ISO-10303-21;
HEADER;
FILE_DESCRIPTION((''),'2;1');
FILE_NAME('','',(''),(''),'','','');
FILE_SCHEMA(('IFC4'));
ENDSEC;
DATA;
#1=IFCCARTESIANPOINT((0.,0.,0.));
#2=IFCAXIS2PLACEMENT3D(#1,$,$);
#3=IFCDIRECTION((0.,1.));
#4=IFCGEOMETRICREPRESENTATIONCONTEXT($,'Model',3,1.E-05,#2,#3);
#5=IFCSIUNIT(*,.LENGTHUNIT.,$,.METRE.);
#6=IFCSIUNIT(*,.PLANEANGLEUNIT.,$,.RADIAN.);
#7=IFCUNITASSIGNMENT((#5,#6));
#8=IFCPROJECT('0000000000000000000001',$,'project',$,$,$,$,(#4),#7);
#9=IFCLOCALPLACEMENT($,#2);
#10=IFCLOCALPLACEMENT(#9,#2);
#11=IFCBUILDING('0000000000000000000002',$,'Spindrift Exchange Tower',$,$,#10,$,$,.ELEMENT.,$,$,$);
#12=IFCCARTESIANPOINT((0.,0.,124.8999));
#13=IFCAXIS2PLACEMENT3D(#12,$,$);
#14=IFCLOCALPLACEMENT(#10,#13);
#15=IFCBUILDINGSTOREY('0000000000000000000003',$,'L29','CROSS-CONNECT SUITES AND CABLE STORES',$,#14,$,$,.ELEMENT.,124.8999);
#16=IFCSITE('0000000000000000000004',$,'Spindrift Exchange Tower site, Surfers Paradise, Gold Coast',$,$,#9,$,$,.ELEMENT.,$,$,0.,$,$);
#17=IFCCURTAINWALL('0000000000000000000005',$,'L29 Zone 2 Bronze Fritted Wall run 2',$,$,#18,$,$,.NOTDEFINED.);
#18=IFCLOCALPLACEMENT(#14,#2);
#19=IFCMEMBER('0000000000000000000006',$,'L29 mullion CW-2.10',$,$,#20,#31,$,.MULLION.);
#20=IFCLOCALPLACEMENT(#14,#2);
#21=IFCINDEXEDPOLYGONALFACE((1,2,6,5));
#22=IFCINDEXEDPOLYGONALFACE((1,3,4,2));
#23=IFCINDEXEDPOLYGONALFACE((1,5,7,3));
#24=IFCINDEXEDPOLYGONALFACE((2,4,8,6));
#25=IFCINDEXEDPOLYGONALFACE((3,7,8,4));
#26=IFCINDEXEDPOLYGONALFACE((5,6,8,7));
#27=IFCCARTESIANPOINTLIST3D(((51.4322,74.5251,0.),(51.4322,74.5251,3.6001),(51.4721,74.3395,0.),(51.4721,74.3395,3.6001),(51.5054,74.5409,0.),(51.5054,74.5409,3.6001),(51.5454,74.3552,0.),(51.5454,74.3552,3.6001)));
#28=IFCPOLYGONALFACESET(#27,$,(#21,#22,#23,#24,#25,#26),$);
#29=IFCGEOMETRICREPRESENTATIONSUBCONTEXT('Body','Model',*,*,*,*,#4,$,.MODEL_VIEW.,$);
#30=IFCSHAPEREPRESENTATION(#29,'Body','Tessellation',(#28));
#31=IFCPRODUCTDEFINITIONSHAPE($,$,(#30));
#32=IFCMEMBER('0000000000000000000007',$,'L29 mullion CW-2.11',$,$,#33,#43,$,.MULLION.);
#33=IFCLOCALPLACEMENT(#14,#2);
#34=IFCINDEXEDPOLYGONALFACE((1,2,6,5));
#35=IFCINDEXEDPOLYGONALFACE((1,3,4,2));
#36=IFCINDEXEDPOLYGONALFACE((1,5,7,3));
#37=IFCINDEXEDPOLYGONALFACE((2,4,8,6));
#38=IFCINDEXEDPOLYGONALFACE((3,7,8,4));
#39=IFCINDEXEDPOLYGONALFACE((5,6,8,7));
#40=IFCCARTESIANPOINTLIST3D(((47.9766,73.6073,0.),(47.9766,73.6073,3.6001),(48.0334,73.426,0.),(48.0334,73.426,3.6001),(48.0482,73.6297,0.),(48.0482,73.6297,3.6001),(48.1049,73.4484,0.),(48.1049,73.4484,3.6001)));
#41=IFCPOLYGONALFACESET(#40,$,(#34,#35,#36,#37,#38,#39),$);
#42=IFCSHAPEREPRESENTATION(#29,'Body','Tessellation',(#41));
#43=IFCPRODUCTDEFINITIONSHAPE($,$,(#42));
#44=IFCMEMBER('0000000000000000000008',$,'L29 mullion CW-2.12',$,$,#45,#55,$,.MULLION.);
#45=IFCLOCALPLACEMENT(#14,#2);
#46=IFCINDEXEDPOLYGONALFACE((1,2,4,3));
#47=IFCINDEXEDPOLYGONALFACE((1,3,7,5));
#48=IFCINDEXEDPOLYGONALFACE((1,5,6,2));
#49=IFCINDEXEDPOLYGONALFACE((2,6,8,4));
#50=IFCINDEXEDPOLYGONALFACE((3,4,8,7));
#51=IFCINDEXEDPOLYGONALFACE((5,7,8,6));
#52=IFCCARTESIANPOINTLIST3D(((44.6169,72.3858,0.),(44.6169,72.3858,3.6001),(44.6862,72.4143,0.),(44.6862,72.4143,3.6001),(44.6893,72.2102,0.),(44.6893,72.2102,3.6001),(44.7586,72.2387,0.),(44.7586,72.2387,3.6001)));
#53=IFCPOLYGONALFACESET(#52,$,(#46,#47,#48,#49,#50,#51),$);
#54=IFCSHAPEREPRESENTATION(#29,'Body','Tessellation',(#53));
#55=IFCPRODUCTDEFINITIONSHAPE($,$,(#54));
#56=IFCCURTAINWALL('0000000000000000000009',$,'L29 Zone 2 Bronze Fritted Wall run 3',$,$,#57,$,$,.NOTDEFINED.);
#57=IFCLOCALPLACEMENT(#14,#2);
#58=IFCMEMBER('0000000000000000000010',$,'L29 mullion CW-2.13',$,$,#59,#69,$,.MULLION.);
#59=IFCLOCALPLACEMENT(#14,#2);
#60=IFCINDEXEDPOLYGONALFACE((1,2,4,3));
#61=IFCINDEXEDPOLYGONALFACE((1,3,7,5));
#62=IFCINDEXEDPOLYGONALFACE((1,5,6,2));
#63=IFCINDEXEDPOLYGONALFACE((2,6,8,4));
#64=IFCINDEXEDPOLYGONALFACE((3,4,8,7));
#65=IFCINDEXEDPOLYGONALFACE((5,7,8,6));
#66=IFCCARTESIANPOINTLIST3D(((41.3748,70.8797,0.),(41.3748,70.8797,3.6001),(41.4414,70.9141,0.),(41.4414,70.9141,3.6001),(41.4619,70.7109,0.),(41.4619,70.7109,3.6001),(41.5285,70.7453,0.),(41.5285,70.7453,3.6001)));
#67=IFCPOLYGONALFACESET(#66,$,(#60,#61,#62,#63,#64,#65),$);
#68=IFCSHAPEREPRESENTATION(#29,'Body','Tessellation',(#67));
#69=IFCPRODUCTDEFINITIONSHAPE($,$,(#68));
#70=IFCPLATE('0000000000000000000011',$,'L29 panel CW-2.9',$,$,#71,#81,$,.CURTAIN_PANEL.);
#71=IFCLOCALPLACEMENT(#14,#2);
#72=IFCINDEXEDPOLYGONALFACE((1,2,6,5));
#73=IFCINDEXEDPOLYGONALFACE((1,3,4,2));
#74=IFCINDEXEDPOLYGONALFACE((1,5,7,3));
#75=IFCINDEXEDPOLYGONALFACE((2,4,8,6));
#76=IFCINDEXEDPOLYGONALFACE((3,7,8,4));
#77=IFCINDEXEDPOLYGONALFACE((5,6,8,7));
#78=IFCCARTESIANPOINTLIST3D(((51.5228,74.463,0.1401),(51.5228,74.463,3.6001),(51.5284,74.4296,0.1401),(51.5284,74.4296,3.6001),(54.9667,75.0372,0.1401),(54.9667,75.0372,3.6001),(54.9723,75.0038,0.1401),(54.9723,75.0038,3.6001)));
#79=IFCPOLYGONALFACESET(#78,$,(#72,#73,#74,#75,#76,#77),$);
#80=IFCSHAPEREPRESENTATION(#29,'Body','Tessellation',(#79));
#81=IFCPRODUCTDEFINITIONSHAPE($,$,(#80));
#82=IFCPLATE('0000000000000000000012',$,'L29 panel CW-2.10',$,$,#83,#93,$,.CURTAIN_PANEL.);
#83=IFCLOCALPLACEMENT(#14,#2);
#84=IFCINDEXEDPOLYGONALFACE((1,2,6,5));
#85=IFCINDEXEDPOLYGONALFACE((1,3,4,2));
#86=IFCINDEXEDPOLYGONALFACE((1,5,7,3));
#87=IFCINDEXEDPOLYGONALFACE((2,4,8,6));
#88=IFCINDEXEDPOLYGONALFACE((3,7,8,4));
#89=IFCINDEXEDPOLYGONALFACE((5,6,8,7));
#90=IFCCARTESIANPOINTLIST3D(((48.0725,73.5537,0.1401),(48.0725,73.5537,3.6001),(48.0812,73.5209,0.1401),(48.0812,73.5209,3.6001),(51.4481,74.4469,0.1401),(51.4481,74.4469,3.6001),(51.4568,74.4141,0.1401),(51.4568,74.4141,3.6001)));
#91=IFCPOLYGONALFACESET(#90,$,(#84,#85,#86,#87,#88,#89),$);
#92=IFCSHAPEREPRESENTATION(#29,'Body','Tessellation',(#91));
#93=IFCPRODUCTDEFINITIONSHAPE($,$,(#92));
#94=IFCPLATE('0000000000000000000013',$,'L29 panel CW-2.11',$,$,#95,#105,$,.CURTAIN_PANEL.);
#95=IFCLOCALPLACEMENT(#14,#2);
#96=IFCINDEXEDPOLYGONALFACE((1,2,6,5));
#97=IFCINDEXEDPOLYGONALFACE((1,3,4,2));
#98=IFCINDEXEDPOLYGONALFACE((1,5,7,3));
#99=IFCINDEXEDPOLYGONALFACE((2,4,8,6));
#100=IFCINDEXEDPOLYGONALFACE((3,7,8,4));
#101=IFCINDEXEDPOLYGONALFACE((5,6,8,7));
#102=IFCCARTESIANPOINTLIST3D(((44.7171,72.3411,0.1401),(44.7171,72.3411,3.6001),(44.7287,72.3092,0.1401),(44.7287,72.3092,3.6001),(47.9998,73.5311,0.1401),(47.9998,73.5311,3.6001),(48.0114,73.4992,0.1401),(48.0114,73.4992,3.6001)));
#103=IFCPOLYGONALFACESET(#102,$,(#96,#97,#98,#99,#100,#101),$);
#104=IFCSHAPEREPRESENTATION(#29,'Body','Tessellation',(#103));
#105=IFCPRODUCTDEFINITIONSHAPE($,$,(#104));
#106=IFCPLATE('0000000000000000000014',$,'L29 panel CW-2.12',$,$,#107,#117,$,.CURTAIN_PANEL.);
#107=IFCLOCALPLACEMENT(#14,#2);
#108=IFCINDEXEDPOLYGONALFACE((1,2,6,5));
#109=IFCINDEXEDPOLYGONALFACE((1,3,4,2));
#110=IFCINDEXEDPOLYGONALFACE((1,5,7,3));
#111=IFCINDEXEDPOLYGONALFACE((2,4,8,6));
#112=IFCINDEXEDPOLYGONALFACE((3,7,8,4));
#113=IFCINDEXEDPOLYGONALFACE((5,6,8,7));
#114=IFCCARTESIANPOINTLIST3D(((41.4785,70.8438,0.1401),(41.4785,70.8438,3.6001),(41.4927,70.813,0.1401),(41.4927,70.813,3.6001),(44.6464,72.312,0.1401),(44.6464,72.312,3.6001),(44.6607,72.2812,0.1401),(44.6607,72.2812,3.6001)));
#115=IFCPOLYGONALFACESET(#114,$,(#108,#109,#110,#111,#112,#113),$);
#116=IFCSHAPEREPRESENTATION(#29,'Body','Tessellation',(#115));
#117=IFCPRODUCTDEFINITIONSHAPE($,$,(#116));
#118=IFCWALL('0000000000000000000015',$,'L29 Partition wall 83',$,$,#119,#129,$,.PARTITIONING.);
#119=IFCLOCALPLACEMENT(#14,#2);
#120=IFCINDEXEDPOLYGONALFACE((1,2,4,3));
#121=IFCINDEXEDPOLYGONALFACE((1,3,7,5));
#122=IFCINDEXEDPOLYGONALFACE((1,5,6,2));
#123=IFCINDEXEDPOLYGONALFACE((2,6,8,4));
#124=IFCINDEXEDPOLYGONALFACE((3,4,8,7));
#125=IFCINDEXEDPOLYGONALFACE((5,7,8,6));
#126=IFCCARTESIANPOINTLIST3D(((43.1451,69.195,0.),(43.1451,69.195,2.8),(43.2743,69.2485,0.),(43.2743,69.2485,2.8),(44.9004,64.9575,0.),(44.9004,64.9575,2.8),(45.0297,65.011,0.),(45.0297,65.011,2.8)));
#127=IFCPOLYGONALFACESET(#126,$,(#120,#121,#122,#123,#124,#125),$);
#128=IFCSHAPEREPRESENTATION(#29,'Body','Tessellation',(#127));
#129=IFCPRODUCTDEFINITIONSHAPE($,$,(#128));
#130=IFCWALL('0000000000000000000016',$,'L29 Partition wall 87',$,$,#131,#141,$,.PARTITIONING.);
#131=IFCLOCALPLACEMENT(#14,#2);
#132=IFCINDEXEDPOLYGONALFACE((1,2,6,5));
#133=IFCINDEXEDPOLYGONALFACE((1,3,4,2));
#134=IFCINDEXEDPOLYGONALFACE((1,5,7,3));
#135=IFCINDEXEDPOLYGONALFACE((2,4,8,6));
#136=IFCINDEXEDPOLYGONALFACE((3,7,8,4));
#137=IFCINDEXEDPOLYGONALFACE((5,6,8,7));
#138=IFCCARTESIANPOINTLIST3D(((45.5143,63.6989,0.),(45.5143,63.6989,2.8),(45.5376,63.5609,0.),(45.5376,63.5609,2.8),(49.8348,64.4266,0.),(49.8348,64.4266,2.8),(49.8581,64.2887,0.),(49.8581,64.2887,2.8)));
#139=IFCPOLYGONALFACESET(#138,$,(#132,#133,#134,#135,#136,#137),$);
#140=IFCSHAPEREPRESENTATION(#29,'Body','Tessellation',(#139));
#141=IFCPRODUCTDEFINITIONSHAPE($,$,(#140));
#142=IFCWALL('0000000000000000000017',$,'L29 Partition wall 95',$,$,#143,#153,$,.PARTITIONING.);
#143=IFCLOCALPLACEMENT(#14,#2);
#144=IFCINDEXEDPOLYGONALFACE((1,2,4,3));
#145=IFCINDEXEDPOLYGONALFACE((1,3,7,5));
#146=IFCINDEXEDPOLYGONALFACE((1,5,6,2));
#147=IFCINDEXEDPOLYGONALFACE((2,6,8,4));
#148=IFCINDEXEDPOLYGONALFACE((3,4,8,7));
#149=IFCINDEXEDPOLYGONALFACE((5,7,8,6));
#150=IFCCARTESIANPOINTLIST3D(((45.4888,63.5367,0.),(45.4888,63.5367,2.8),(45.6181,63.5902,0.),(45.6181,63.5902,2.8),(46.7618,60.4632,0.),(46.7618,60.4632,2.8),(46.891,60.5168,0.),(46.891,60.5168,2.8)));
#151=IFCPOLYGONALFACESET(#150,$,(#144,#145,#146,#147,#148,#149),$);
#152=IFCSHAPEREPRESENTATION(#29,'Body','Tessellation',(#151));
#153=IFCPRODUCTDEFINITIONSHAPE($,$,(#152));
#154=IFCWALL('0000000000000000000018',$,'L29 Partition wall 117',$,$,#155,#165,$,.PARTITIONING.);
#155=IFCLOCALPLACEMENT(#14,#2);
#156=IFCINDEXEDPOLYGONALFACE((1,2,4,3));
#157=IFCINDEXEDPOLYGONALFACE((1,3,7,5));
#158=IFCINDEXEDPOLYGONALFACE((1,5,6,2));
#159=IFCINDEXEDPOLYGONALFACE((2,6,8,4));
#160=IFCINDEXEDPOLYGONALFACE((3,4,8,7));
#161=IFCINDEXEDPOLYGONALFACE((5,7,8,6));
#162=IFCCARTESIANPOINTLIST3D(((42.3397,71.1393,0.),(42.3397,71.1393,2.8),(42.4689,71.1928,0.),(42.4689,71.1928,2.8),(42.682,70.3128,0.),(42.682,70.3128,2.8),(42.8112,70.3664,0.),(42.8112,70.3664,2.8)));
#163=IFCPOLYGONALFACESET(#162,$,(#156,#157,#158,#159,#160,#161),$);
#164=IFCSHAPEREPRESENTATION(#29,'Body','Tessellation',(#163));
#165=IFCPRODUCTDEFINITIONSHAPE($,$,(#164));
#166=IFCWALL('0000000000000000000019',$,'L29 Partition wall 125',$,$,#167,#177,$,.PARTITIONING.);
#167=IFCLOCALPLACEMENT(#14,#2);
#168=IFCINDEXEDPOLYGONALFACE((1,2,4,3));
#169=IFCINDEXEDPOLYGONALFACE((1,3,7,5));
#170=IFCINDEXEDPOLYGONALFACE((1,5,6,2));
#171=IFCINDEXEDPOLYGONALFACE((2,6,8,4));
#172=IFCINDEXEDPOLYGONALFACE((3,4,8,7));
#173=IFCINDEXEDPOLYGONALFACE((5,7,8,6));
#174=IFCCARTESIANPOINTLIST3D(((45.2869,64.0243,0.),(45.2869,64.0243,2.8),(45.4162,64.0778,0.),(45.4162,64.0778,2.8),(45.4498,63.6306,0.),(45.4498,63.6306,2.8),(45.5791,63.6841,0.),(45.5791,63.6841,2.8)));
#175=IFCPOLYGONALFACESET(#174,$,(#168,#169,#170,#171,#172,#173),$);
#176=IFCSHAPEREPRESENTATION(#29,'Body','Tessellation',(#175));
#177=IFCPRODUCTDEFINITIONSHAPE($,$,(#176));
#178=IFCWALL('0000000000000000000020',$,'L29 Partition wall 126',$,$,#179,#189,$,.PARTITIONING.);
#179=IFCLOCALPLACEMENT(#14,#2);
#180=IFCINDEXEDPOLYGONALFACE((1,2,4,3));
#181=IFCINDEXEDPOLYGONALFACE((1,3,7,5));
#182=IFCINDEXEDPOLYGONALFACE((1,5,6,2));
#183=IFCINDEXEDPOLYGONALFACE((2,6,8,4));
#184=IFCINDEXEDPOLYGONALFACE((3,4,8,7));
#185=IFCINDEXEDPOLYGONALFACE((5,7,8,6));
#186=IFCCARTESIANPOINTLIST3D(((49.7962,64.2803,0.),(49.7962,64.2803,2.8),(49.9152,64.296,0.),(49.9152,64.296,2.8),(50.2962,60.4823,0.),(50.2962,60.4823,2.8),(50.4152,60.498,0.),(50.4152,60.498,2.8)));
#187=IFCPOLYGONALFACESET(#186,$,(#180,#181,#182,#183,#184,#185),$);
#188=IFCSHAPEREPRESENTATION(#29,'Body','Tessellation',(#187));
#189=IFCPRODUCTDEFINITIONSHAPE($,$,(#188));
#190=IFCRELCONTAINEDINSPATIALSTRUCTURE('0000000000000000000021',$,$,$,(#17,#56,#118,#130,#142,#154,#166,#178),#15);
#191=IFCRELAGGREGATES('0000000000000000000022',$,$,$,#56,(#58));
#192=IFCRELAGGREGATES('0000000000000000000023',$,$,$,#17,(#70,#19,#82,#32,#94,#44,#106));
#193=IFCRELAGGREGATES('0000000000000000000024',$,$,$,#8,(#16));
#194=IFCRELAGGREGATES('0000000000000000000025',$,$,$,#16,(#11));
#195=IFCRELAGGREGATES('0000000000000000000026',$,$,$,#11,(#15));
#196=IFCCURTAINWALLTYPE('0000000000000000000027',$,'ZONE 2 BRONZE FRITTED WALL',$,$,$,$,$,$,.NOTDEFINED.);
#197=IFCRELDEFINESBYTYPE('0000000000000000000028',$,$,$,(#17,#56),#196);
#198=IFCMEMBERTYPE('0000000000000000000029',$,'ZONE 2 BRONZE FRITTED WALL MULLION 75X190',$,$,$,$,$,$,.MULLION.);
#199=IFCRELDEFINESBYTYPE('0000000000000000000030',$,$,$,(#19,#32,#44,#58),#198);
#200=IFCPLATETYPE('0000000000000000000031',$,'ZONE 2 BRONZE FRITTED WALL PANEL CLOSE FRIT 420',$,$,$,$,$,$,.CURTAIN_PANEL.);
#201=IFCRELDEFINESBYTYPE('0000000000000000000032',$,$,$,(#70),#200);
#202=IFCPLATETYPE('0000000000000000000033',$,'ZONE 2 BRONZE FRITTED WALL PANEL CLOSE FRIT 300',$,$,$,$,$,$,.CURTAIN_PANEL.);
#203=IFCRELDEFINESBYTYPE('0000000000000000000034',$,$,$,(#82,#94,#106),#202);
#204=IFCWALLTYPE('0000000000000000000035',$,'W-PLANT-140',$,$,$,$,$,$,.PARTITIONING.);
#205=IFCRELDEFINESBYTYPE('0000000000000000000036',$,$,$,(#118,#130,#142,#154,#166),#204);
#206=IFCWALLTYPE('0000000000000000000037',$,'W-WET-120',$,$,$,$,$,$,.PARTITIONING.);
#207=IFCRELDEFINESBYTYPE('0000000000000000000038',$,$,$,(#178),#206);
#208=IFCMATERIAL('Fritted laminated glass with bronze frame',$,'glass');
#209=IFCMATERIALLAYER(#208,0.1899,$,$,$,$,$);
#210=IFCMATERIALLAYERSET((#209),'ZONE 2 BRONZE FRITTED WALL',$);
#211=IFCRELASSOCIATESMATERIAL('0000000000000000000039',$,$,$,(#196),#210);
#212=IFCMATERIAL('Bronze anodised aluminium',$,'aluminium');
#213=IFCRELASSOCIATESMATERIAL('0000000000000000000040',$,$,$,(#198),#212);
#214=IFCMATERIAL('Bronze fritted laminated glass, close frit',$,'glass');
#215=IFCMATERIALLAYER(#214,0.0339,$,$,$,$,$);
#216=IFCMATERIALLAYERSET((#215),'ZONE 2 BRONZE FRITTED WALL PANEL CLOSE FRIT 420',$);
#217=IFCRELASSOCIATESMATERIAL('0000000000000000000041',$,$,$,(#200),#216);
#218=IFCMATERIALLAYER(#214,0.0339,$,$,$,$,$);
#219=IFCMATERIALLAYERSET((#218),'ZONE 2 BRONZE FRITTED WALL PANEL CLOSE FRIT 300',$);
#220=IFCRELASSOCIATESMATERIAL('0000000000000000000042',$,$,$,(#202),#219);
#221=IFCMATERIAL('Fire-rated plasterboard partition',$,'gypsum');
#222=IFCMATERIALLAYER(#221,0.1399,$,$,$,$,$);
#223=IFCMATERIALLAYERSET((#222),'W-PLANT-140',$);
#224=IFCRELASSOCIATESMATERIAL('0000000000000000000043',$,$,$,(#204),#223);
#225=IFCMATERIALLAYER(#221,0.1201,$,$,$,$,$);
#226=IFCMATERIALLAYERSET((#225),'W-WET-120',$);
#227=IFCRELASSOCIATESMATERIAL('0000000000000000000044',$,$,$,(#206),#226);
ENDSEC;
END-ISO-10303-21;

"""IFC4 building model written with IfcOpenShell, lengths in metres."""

from ifc_helpers import new_model, si_unit, direction, frame, frame_2d, origin, origin_2d, place, context, subcontext, project, spatial, rectangle, extrude, source, transform, mapped, material, layer, layer_set, material_profile, profile_set, type_object, element, aggregate, save


model = new_model("IFC4")

# Units and contexts
model_context = context("Model", 3, precision=1e-05, world=origin(), true_north=direction((0.0, 1.0)))
body_context = subcontext(model_context, "Body", "Model", "MODEL_VIEW")
ifc_project = project(units=[si_unit("LENGTHUNIT", "METRE"), si_unit("PLANEANGLEUNIT", "RADIAN")], contexts=[model_context])

# Site, building, storey
site_placement = place(None, origin())
site = spatial("IfcSite", under=ifc_project, at=site_placement, Name="Spindrift Exchange Tower site, Surfers Paradise, Gold Coast", CompositionType="ELEMENT", RefElevation=0.0)
building_placement = place(site_placement, origin())
building = spatial("IfcBuilding", under=site, at=building_placement, Name="Spindrift Exchange Tower", CompositionType="ELEMENT")
storey_placement = place(building_placement, frame((0.0, 0.0, 124.8999)))
storey = spatial("IfcBuildingStorey", under=building, at=storey_placement, Name="L29", Description="CROSS-CONNECT SUITES AND CABLE STORES", CompositionType="ELEMENT", Elevation=124.8999)

# Curtain wall, members
ifc_material_1 = material(Name="Fritted laminated glass with bronze frame", Category="glass")
ifc_layer_1 = layer(ifc_material_1, 0.1899)
ifc_layer_set_1 = layer_set([ifc_layer_1], Name="ZONE 2 BRONZE FRITTED WALL")
curtain_wall_type = type_object("IfcCurtainWallType", Name="ZONE 2 BRONZE FRITTED WALL", PredefinedType="NOTDEFINED", material=ifc_layer_set_1)
curtain_wall_1_placement = place(storey_placement, origin())
curtain_wall_1 = element("IfcCurtainWall", 1, at=curtain_wall_1_placement, inside=storey, type_object=curtain_wall_type, Name="L29 Zone 2 Bronze Fritted Wall run 2", PredefinedType="NOTDEFINED")
ifc_material_2 = material(Name="Bronze anodised aluminium", Category="aluminium")
ifc_material_profile_1 = material_profile(ifc_material_2, rectangle(XDim=0.075, YDim=0.1899, at=origin_2d()), Name="ZONE 2 BRONZE FRITTED WALL MULLION 75X190")
ifc_profile_set_1 = profile_set([ifc_material_profile_1], Name="Bronze anodised aluminium")
member_type_1 = type_object("IfcMemberType", Name="ZONE 2 BRONZE FRITTED WALL MULLION 75X190", PredefinedType="MULLION", material=ifc_profile_set_1)
shared_shape_1 = source(origin(), body_context, "Body", "SweptSolid", [
    extrude(rectangle(XDim=0.075, YDim=0.1899, at=origin_2d()), origin(), (0.0, 0.0, 1.0), 3.6001),
])
member_1_placement = place(storey_placement, frame((51.4888, 74.4402, 0.0), z_axis=(0.0, 0.0, 1.0), x_axis=(-0.977625, -0.210353, 0.0)))
member_1 = element("IfcMember", 2, at=member_1_placement, type_object=member_type_1, Name="L29 mullion CW-2.10", PredefinedType="MULLION", context=body_context, shape_type="MappedRepresentation", body=[
    mapped(shared_shape_1, transform((0.0, 0.0, 0.0), scale=1.0)),
])
member_2_placement = place(storey_placement, frame((48.0408, 73.5278, 0.0), z_axis=(0.0, 0.0, 1.0), x_axis=(-0.954381, -0.298593, 0.0)))
member_2 = element("IfcMember", 3, at=member_2_placement, type_object=member_type_1, Name="L29 mullion CW-2.11", PredefinedType="MULLION", context=body_context, shape_type="MappedRepresentation", body=[
    mapped(shared_shape_1, transform((0.0, 0.0, 0.0), scale=1.0)),
])
member_3_placement = place(storey_placement, frame((44.6877, 72.3123, 0.0), z_axis=(0.0, 0.0, 1.0), x_axis=(-0.924572, -0.381006, 0.0)))
member_3 = element("IfcMember", 4, at=member_3_placement, type_object=member_type_1, Name="L29 mullion CW-2.12", PredefinedType="MULLION", context=body_context, shape_type="MappedRepresentation", body=[
    mapped(shared_shape_1, transform((0.0, 0.0, 0.0), scale=1.0)),
])

# Curtain wall, member
curtain_wall_2_placement = place(storey_placement, origin())
curtain_wall_2 = element("IfcCurtainWall", 5, at=curtain_wall_2_placement, inside=storey, type_object=curtain_wall_type, Name="L29 Zone 2 Bronze Fritted Wall run 3", PredefinedType="NOTDEFINED")
member_4_placement = place(storey_placement, frame((41.4517, 70.8125, 0.0), z_axis=(0.0, 0.0, 1.0), x_axis=(-0.888687, -0.458515, 0.0)))
member_4 = element("IfcMember", 6, at=member_4_placement, type_object=member_type_1, Name="L29 mullion CW-2.13", PredefinedType="MULLION", context=body_context, shape_type="MappedRepresentation", body=[
    mapped(shared_shape_1, transform((0.0, 0.0, 0.0), scale=1.0)),
])
aggregate(curtain_wall_2, [member_4])

# Plates
ifc_material_3 = material(Name="Bronze fritted laminated glass, close frit", Category="glass")
ifc_layer_2 = layer(ifc_material_3, 0.0339)
ifc_layer_set_2 = layer_set([ifc_layer_2], Name="ZONE 2 BRONZE FRITTED WALL PANEL CLOSE FRIT 420")
plate_type_1 = type_object("IfcPlateType", Name="ZONE 2 BRONZE FRITTED WALL PANEL CLOSE FRIT 420", PredefinedType="CURTAIN_PANEL", material=ifc_layer_set_2)
shared_shape_2 = source(origin(), body_context, "Body", "SweptSolid", [
    extrude(rectangle(XDim=3.4915, YDim=0.0339, at=origin_2d()), origin(), (0.0, 0.0, 1.0), 3.46),
])
plate_1_placement = place(storey_placement, frame((53.2476, 74.7334, 0.1401), z_axis=(0.0, 0.0, 1.0), x_axis=(-0.986385, -0.164454, 0.0)))
plate_1 = element("IfcPlate", 7, at=plate_1_placement, type_object=plate_type_1, Name="L29 panel CW-2.9", PredefinedType="CURTAIN_PANEL", context=body_context, shape_type="MappedRepresentation", body=[
    mapped(shared_shape_2, transform((0.0, 0.0, 0.0), scale=1.0)),
])
ifc_layer_3 = layer(ifc_material_3, 0.0339)
ifc_layer_set_3 = layer_set([ifc_layer_3], Name="ZONE 2 BRONZE FRITTED WALL PANEL CLOSE FRIT 300")
plate_type_2 = type_object("IfcPlateType", Name="ZONE 2 BRONZE FRITTED WALL PANEL CLOSE FRIT 300", PredefinedType="CURTAIN_PANEL", material=ifc_layer_set_3)
shared_shape_3 = source(origin(), body_context, "Body", "SweptSolid", [
    extrude(rectangle(XDim=3.4917, YDim=0.0339, at=origin_2d()), origin(), (0.0, 0.0, 1.0), 3.46),
])
plate_2_placement = place(storey_placement, frame((49.7646, 73.9839, 0.1401), z_axis=(0.0, 0.0, 1.0), x_axis=(-0.966731, -0.255793, 0.0)))
plate_2 = element("IfcPlate", 8, at=plate_2_placement, type_object=plate_type_2, Name="L29 panel CW-2.10", PredefinedType="CURTAIN_PANEL", context=body_context, shape_type="MappedRepresentation", body=[
    mapped(shared_shape_3, transform((0.0, 0.0, 0.0), scale=1.0)),
])
plate_3_placement = place(storey_placement, frame((46.3643, 72.9202, 0.1401), z_axis=(0.0, 0.0, 1.0), x_axis=(-0.940136, -0.3408, 0.0)))
plate_3 = element("IfcPlate", 9, at=plate_3_placement, type_object=plate_type_2, Name="L29 panel CW-2.11", PredefinedType="CURTAIN_PANEL", context=body_context, shape_type="MappedRepresentation", body=[
    mapped(shared_shape_3, transform((0.0, 0.0, 0.0), scale=1.0)),
])
plate_4_placement = place(storey_placement, frame((43.0696, 71.5625, 0.1401), z_axis=(0.0, 0.0, 1.0), x_axis=(-0.90729, -0.420505, 0.0)))
plate_4 = element("IfcPlate", 10, at=plate_4_placement, type_object=plate_type_2, Name="L29 panel CW-2.12", PredefinedType="CURTAIN_PANEL", context=body_context, shape_type="MappedRepresentation", body=[
    mapped(shared_shape_3, transform((0.0, 0.0, 0.0), scale=1.0)),
])
aggregate(curtain_wall_1, [plate_1, member_1, plate_2, member_2, plate_3, member_3, plate_4])

# Walls
ifc_material_4 = material(Name="Fire-rated plasterboard partition", Category="gypsum")
ifc_layer_4 = layer(ifc_material_4, 0.1399)
ifc_layer_set_4 = layer_set([ifc_layer_4], Name="W-PLANT-140")
wall_type_1 = type_object("IfcWallType", Name="W-PLANT-140", PredefinedType="PARTITIONING", material=ifc_layer_set_4)
wall_1_placement = place(storey_placement, frame((44.9651, 64.9841, 0.0), z_axis=(0.0, 0.0, 1.0), x_axis=(-0.382706, 0.92387, 0.0)))
element("IfcWall", 11, at=wall_1_placement, inside=storey, type_object=wall_type_1, Name="L29 Partition wall 83", PredefinedType="PARTITIONING", context=body_context, shape_type="SweptSolid", body=[
    extrude(rectangle(XDim=4.5867, YDim=0.1399, at=frame_2d((2.2935, 0.0))), origin(), (0.0, 0.0, 1.0), 2.8),
])
wall_2_placement = place(storey_placement, frame((49.8464, 64.3577, 0.0), z_axis=(0.0, 0.0, 1.0), x_axis=(-0.986108, -0.166107, 0.0)))
element("IfcWall", 12, at=wall_2_placement, inside=storey, type_object=wall_type_1, Name="L29 Partition wall 87", PredefinedType="PARTITIONING", context=body_context, shape_type="SweptSolid", body=[
    extrude(rectangle(XDim=4.3813, YDim=0.1399, at=frame_2d((2.1907, 0.0))), origin(), (0.0, 0.0, 1.0), 2.8),
])
wall_3_placement = place(storey_placement, frame((46.8264, 60.49, 0.0), z_axis=(0.0, 0.0, 1.0), x_axis=(-0.38265, 0.923893, 0.0)))
element("IfcWall", 13, at=wall_3_placement, inside=storey, type_object=wall_type_1, Name="L29 Partition wall 95", PredefinedType="PARTITIONING", context=body_context, shape_type="SweptSolid", body=[
    extrude(rectangle(XDim=3.3267, YDim=0.1399, at=frame_2d((1.6633, 0.0))), origin(), (0.0, 0.0, 1.0), 2.8),
])
wall_4_placement = place(storey_placement, frame((42.7466, 70.3396, 0.0), z_axis=(0.0, 0.0, 1.0), x_axis=(-0.382657, 0.92389, 0.0)))
element("IfcWall", 14, at=wall_4_placement, inside=storey, type_object=wall_type_1, Name="L29 Partition wall 117", PredefinedType="PARTITIONING", context=body_context, shape_type="SweptSolid", body=[
    extrude(rectangle(XDim=0.8945, YDim=0.1399, at=frame_2d((0.4473, 0.0))), origin(), (0.0, 0.0, 1.0), 2.8),
])
wall_5_placement = place(storey_placement, frame((45.5144, 63.6575, 0.0), z_axis=(0.0, 0.0, 1.0), x_axis=(-0.382335, 0.924024, 0.0)))
element("IfcWall", 15, at=wall_5_placement, inside=storey, type_object=wall_type_1, Name="L29 Partition wall 125", PredefinedType="PARTITIONING", context=body_context, shape_type="SweptSolid", body=[
    extrude(rectangle(XDim=0.426, YDim=0.1399, at=frame_2d((0.2129, 0.0))), origin(), (0.0, 0.0, 1.0), 2.8),
])
ifc_layer_5 = layer(ifc_material_4, 0.1201)
ifc_layer_set_5 = layer_set([ifc_layer_5], Name="W-WET-120")
wall_type_2 = type_object("IfcWallType", Name="W-WET-120", PredefinedType="PARTITIONING", material=ifc_layer_set_5)
wall_6_placement = place(storey_placement, frame((50.3557, 60.49, 0.0), z_axis=(0.0, 0.0, 1.0), x_axis=(-0.130519, 0.991446, 0.0)))
element("IfcWall", 16, at=wall_6_placement, inside=storey, type_object=wall_type_2, Name="L29 Partition wall 126", PredefinedType="PARTITIONING", context=body_context, shape_type="SweptSolid", body=[
    extrude(rectangle(XDim=3.8308, YDim=0.1201, at=frame_2d((1.9155, 0.0))), origin(), (0.0, 0.0, 1.0), 2.8),
])

save(model, "model.ifc")
